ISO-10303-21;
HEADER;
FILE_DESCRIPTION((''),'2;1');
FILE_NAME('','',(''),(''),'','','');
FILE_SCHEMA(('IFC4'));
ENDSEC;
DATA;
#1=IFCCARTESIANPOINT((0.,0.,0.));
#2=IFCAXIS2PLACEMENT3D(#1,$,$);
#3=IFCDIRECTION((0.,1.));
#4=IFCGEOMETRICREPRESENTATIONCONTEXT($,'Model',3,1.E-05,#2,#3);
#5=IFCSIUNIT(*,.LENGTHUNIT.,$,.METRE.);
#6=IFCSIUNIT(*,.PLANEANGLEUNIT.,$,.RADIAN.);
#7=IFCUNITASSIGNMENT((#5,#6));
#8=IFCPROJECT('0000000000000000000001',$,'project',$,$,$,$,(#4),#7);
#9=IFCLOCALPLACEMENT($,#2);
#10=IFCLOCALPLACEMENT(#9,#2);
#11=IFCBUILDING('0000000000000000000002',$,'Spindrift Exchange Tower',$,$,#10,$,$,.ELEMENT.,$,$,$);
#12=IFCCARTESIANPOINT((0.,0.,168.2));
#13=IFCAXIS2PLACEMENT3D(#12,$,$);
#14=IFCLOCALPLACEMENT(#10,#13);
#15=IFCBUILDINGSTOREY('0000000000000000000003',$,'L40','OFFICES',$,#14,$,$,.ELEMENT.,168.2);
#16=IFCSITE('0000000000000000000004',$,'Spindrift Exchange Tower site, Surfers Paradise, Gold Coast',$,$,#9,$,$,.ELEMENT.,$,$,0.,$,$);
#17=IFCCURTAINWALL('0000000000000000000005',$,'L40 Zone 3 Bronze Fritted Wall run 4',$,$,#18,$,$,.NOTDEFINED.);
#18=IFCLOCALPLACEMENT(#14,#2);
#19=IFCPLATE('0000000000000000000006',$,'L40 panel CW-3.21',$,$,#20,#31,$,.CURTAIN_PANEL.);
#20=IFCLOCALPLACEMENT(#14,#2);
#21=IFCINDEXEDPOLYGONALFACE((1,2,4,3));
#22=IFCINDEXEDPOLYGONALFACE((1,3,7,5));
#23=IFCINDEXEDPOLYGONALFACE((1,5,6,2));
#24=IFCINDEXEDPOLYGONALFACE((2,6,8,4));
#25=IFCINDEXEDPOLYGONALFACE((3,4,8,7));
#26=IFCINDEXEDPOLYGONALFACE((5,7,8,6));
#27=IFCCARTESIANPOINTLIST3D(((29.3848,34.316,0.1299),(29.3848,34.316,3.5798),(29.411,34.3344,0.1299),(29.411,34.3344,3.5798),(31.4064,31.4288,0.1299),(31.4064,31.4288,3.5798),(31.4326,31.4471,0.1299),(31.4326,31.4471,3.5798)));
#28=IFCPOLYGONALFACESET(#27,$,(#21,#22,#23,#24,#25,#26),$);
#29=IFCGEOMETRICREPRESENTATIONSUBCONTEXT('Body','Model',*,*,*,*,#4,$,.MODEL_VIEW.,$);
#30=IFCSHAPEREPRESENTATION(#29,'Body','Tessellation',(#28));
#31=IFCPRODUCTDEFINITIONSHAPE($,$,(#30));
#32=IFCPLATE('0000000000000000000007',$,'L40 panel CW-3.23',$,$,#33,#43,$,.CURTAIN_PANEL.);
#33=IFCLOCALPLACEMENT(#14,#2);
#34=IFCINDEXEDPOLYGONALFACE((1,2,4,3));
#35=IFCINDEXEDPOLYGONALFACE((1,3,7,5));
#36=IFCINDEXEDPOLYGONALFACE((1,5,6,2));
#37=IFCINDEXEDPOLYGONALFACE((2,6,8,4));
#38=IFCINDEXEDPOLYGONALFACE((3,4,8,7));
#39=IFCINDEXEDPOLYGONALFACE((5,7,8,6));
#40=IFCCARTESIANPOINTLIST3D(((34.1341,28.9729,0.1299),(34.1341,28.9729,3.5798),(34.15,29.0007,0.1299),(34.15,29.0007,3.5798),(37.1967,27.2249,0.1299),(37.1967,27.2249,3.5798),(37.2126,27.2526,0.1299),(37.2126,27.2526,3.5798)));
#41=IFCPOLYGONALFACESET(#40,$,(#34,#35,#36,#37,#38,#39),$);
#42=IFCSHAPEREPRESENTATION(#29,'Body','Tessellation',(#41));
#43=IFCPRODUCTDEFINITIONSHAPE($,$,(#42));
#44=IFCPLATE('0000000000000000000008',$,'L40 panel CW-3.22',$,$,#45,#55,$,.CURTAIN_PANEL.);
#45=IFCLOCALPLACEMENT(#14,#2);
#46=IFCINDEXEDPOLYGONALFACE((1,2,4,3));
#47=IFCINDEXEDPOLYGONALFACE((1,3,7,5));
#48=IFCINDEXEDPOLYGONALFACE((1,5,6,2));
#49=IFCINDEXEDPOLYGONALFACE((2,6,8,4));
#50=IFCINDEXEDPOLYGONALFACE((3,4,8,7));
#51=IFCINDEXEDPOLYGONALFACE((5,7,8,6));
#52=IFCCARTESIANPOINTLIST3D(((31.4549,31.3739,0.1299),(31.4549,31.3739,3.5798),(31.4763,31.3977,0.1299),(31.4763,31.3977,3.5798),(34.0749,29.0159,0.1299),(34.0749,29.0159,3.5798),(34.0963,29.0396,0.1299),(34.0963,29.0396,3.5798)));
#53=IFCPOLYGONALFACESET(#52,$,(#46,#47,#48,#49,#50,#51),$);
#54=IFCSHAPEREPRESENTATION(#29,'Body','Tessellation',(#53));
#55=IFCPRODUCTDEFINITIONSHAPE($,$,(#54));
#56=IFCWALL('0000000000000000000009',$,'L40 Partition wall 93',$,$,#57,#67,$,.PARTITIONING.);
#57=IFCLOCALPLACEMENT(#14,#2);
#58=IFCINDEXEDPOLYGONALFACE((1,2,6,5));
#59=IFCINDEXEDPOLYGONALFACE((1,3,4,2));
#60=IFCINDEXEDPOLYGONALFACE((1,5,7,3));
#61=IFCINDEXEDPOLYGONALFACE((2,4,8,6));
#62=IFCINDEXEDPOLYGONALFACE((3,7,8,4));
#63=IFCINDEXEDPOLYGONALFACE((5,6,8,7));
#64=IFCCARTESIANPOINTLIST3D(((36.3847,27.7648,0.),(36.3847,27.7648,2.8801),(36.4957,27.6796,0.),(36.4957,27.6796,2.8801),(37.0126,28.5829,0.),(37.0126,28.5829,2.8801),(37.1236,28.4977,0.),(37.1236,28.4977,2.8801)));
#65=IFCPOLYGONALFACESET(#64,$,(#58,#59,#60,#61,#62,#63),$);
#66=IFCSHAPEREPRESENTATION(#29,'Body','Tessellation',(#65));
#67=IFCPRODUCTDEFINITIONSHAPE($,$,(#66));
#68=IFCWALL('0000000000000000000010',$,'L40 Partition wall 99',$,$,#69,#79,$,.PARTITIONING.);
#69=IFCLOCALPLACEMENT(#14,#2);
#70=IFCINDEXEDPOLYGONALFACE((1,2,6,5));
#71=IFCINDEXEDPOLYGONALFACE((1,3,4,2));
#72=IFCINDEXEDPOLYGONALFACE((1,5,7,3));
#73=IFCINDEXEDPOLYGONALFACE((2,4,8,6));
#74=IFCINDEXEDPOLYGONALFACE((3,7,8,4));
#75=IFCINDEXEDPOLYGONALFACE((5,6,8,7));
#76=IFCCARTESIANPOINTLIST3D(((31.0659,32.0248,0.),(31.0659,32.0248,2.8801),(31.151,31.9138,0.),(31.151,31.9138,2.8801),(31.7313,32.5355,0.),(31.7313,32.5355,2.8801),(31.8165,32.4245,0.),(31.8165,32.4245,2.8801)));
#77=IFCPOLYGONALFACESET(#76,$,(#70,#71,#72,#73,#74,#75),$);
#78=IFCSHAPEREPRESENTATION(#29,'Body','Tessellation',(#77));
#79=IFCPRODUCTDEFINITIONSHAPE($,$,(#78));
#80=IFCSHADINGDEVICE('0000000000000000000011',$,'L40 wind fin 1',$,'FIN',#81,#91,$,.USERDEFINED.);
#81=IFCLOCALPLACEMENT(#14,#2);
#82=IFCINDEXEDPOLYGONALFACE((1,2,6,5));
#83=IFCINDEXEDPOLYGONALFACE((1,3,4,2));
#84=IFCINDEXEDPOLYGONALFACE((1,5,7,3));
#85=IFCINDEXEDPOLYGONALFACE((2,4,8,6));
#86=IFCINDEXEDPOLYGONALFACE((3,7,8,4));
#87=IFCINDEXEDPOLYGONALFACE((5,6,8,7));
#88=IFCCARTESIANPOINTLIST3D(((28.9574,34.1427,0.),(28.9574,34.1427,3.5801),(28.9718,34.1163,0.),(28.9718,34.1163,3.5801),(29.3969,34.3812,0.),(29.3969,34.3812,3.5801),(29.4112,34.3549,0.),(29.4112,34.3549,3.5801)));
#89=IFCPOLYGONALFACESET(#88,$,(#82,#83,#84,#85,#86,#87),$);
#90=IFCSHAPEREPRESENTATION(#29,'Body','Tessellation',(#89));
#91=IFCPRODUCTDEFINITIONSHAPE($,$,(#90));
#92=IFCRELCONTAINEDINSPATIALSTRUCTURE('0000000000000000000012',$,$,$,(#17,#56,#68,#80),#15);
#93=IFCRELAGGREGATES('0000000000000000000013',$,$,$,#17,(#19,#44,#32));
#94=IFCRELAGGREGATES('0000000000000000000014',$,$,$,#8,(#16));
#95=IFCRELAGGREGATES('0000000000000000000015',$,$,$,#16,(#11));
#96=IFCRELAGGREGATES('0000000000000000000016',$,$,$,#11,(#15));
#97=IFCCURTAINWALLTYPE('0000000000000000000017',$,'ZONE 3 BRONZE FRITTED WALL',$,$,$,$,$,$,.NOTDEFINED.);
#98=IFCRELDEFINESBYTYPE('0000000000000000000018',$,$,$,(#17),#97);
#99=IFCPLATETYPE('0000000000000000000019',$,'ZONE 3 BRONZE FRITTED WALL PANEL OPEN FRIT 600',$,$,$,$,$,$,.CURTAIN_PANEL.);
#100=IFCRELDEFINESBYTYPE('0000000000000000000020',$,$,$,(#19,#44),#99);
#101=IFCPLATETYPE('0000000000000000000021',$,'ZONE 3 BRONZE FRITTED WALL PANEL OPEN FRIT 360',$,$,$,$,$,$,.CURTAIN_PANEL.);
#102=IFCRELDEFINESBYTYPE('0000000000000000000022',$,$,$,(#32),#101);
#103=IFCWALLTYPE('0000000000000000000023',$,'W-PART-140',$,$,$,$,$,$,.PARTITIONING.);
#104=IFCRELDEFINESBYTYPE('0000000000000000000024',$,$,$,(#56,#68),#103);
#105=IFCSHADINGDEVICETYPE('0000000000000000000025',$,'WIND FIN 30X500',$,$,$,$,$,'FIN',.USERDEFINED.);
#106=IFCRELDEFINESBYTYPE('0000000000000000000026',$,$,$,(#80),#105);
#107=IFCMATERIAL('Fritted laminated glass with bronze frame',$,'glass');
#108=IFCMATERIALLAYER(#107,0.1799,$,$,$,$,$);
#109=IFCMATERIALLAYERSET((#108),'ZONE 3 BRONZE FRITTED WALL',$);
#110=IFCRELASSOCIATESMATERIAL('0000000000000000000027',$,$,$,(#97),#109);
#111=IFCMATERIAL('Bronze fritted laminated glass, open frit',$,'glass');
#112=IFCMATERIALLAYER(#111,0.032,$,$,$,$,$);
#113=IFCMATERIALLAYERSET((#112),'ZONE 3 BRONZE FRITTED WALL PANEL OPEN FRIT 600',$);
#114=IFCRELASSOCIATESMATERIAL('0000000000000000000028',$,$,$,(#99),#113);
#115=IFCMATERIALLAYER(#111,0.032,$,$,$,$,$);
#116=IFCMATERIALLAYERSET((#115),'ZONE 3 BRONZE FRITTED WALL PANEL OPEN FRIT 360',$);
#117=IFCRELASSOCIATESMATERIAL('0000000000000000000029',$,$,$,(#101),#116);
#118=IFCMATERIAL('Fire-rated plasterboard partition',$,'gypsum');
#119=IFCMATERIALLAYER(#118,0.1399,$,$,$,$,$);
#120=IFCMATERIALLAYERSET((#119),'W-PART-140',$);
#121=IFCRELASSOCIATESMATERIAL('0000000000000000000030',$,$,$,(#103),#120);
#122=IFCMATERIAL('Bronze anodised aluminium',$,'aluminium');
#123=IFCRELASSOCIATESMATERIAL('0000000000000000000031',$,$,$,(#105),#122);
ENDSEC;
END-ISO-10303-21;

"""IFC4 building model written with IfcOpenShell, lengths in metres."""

from ifc_helpers import new_model, si_unit, direction, frame, frame_2d, origin, origin_2d, place, context, subcontext, project, spatial, rectangle, extrude, source, transform, mapped, material, layer, layer_set, material_profile, profile_set, type_object, element, aggregate, save


model = new_model("IFC4")

# Units and contexts
model_context = context("Model", 3, precision=1e-05, world=origin(), true_north=direction((0.0, 1.0)))
body_context = subcontext(model_context, "Body", "Model", "MODEL_VIEW")
ifc_project = project(units=[si_unit("LENGTHUNIT", "METRE"), si_unit("PLANEANGLEUNIT", "RADIAN")], contexts=[model_context])

# Site, building, storey
site_placement = place(None, origin())
site = spatial("IfcSite", under=ifc_project, at=site_placement, Name="Spindrift Exchange Tower site, Surfers Paradise, Gold Coast", CompositionType="ELEMENT", RefElevation=0.0)
building_placement = place(site_placement, origin())
building = spatial("IfcBuilding", under=site, at=building_placement, Name="Spindrift Exchange Tower", CompositionType="ELEMENT")
storey_placement = place(building_placement, frame((0.0, 0.0, 168.2)))
storey = spatial("IfcBuildingStorey", under=building, at=storey_placement, Name="L40", Description="OFFICES", CompositionType="ELEMENT", Elevation=168.2)

# Curtain wall
ifc_material_1 = material(Name="Fritted laminated glass with bronze frame", Category="glass")
ifc_layer_1 = layer(ifc_material_1, 0.1799)
ifc_layer_set_1 = layer_set([ifc_layer_1], Name="ZONE 3 BRONZE FRITTED WALL")
curtain_wall_type = type_object("IfcCurtainWallType", Name="ZONE 3 BRONZE FRITTED WALL", PredefinedType="NOTDEFINED", material=ifc_layer_set_1)
curtain_wall_placement = place(storey_placement, origin())
curtain_wall = element("IfcCurtainWall", 1, at=curtain_wall_placement, inside=storey, type_object=curtain_wall_type, Name="L40 Zone 3 Bronze Fritted Wall run 4", PredefinedType="NOTDEFINED")
ifc_material_2 = material(Name="Bronze anodised aluminium", Category="aluminium")

# Plates
ifc_material_3 = material(Name="Bronze fritted laminated glass, open frit", Category="glass")
ifc_layer_2 = layer(ifc_material_3, 0.032)
ifc_layer_set_2 = layer_set([ifc_layer_2], Name="ZONE 3 BRONZE FRITTED WALL PANEL OPEN FRIT 600")
plate_type_1 = type_object("IfcPlateType", Name="ZONE 3 BRONZE FRITTED WALL PANEL OPEN FRIT 600", PredefinedType="CURTAIN_PANEL", material=ifc_layer_set_2)
shared_shape_1 = source(origin(), body_context, "Body", "SweptSolid", [
    extrude(rectangle(XDim=3.5247, YDim=0.032, at=origin_2d()), origin(), (0.0, 0.0, 1.0), 3.45),
])
plate_1_placement = place(storey_placement, frame((30.4087, 32.8816, 0.1299), z_axis=(0.0, 0.0, 1.0), x_axis=(0.573571, -0.819156, 0.0)))
plate_1 = element("IfcPlate", 2, at=plate_1_placement, type_object=plate_type_1, Name="L40 panel CW-3.21", PredefinedType="CURTAIN_PANEL", context=body_context, shape_type="MappedRepresentation", body=[
    mapped(shared_shape_1, transform((0.0, 0.0, 0.0), scale=1.0)),
])
ifc_layer_3 = layer(ifc_material_3, 0.032)
ifc_layer_set_3 = layer_set([ifc_layer_3], Name="ZONE 3 BRONZE FRITTED WALL PANEL OPEN FRIT 360")
plate_type_2 = type_object("IfcPlateType", Name="ZONE 3 BRONZE FRITTED WALL PANEL OPEN FRIT 360", PredefinedType="CURTAIN_PANEL", material=ifc_layer_set_3)
shared_shape_2 = source(origin(), body_context, "Body", "SweptSolid", [
    extrude(rectangle(XDim=3.5264, YDim=0.032, at=origin_2d()), origin(), (0.0, 0.0, 1.0), 3.45),
])
plate_2_placement = place(storey_placement, frame((35.6733, 28.1128, 0.1299), z_axis=(0.0, 0.0, 1.0), x_axis=(0.868483, -0.495719, 0.0)))
plate_2 = element("IfcPlate", 3, at=plate_2_placement, type_object=plate_type_2, Name="L40 panel CW-3.23", PredefinedType="CURTAIN_PANEL", context=body_context, shape_type="MappedRepresentation", body=[
    mapped(shared_shape_2, transform((0.0, 0.0, 0.0), scale=1.0)),
])
shared_shape_3 = source(origin(), body_context, "Body", "SweptSolid", [
    extrude(rectangle(XDim=3.5249, YDim=0.032, at=origin_2d()), origin(), (0.0, 0.0, 1.0), 3.45),
])
plate_3_placement = place(storey_placement, frame((32.7756, 30.2068, 0.1299), z_axis=(0.0, 0.0, 1.0), x_axis=(0.743279, -0.668981, 0.0)))
plate_3 = element("IfcPlate", 4, at=plate_3_placement, type_object=plate_type_1, Name="L40 panel CW-3.22", PredefinedType="CURTAIN_PANEL", context=body_context, shape_type="MappedRepresentation", body=[
    mapped(shared_shape_3, transform((0.0, 0.0, 0.0), scale=1.0)),
])
aggregate(curtain_wall, [plate_1, plate_3, plate_2])

# Walls
ifc_material_4 = material(Name="Fire-rated plasterboard partition", Category="gypsum")
ifc_layer_4 = layer(ifc_material_4, 0.1399)
ifc_layer_set_4 = layer_set([ifc_layer_4], Name="W-PART-140")
wall_type = type_object("IfcWallType", Name="W-PART-140", PredefinedType="PARTITIONING", material=ifc_layer_set_4)
wall_1_placement = place(storey_placement, frame((37.0681, 28.5403, 0.0), z_axis=(0.0, 0.0, 1.0), x_axis=(-0.608864, -0.793275, 0.0)))
element("IfcWall", 5, at=wall_1_placement, inside=storey, type_object=wall_type, Name="L40 Partition wall 93", PredefinedType="PARTITIONING", context=body_context, shape_type="SweptSolid", body=[
    extrude(rectangle(XDim=1.0312, YDim=0.1399, at=frame_2d((0.5156, 0.0))), origin(), (0.0, 0.0, 1.0), 2.8801),
])
wall_2_placement = place(storey_placement, frame((31.7739, 32.48, 0.0), z_axis=(0.0, 0.0, 1.0), x_axis=(-0.793316, -0.60881, 0.0)))
element("IfcWall", 6, at=wall_2_placement, inside=storey, type_object=wall_type, Name="L40 Partition wall 99", PredefinedType="PARTITIONING", context=body_context, shape_type="SweptSolid", body=[
    extrude(rectangle(XDim=0.8389, YDim=0.1399, at=frame_2d((0.4194, 0.0))), origin(), (0.0, 0.0, 1.0), 2.8801),
])

# Shading device
ifc_material_profile_1 = material_profile(ifc_material_2, rectangle(XDim=0.03, YDim=0.5, at=origin_2d()), Name="WIND FIN 30X500")
ifc_profile_set_1 = profile_set([ifc_material_profile_1], Name="Bronze anodised aluminium")
shading_device_type = type_object("IfcShadingDeviceType", Name="WIND FIN 30X500", ElementType="FIN", PredefinedType="USERDEFINED", material=ifc_profile_set_1)
shared_shape_4 = source(origin(), body_context, "Body", "SweptSolid", [
    extrude(rectangle(XDim=0.03, YDim=0.5, at=origin_2d()), origin(), (0.0, 0.0, 1.0), 3.5801),
])
shading_device_placement = place(storey_placement, frame((29.1843, 34.2488, 0.0), z_axis=(0.0, 0.0, 1.0), x_axis=(0.47707, -0.878865, 0.0)))
element("IfcShadingDevice", 7, at=shading_device_placement, inside=storey, type_object=shading_device_type, Name="L40 wind fin 1", ObjectType="FIN", PredefinedType="USERDEFINED", context=body_context, shape_type="MappedRepresentation", body=[
    mapped(shared_shape_4, transform((0.0, 0.0, 0.0), scale=1.0)),
])

save(model, "model.ifc")
